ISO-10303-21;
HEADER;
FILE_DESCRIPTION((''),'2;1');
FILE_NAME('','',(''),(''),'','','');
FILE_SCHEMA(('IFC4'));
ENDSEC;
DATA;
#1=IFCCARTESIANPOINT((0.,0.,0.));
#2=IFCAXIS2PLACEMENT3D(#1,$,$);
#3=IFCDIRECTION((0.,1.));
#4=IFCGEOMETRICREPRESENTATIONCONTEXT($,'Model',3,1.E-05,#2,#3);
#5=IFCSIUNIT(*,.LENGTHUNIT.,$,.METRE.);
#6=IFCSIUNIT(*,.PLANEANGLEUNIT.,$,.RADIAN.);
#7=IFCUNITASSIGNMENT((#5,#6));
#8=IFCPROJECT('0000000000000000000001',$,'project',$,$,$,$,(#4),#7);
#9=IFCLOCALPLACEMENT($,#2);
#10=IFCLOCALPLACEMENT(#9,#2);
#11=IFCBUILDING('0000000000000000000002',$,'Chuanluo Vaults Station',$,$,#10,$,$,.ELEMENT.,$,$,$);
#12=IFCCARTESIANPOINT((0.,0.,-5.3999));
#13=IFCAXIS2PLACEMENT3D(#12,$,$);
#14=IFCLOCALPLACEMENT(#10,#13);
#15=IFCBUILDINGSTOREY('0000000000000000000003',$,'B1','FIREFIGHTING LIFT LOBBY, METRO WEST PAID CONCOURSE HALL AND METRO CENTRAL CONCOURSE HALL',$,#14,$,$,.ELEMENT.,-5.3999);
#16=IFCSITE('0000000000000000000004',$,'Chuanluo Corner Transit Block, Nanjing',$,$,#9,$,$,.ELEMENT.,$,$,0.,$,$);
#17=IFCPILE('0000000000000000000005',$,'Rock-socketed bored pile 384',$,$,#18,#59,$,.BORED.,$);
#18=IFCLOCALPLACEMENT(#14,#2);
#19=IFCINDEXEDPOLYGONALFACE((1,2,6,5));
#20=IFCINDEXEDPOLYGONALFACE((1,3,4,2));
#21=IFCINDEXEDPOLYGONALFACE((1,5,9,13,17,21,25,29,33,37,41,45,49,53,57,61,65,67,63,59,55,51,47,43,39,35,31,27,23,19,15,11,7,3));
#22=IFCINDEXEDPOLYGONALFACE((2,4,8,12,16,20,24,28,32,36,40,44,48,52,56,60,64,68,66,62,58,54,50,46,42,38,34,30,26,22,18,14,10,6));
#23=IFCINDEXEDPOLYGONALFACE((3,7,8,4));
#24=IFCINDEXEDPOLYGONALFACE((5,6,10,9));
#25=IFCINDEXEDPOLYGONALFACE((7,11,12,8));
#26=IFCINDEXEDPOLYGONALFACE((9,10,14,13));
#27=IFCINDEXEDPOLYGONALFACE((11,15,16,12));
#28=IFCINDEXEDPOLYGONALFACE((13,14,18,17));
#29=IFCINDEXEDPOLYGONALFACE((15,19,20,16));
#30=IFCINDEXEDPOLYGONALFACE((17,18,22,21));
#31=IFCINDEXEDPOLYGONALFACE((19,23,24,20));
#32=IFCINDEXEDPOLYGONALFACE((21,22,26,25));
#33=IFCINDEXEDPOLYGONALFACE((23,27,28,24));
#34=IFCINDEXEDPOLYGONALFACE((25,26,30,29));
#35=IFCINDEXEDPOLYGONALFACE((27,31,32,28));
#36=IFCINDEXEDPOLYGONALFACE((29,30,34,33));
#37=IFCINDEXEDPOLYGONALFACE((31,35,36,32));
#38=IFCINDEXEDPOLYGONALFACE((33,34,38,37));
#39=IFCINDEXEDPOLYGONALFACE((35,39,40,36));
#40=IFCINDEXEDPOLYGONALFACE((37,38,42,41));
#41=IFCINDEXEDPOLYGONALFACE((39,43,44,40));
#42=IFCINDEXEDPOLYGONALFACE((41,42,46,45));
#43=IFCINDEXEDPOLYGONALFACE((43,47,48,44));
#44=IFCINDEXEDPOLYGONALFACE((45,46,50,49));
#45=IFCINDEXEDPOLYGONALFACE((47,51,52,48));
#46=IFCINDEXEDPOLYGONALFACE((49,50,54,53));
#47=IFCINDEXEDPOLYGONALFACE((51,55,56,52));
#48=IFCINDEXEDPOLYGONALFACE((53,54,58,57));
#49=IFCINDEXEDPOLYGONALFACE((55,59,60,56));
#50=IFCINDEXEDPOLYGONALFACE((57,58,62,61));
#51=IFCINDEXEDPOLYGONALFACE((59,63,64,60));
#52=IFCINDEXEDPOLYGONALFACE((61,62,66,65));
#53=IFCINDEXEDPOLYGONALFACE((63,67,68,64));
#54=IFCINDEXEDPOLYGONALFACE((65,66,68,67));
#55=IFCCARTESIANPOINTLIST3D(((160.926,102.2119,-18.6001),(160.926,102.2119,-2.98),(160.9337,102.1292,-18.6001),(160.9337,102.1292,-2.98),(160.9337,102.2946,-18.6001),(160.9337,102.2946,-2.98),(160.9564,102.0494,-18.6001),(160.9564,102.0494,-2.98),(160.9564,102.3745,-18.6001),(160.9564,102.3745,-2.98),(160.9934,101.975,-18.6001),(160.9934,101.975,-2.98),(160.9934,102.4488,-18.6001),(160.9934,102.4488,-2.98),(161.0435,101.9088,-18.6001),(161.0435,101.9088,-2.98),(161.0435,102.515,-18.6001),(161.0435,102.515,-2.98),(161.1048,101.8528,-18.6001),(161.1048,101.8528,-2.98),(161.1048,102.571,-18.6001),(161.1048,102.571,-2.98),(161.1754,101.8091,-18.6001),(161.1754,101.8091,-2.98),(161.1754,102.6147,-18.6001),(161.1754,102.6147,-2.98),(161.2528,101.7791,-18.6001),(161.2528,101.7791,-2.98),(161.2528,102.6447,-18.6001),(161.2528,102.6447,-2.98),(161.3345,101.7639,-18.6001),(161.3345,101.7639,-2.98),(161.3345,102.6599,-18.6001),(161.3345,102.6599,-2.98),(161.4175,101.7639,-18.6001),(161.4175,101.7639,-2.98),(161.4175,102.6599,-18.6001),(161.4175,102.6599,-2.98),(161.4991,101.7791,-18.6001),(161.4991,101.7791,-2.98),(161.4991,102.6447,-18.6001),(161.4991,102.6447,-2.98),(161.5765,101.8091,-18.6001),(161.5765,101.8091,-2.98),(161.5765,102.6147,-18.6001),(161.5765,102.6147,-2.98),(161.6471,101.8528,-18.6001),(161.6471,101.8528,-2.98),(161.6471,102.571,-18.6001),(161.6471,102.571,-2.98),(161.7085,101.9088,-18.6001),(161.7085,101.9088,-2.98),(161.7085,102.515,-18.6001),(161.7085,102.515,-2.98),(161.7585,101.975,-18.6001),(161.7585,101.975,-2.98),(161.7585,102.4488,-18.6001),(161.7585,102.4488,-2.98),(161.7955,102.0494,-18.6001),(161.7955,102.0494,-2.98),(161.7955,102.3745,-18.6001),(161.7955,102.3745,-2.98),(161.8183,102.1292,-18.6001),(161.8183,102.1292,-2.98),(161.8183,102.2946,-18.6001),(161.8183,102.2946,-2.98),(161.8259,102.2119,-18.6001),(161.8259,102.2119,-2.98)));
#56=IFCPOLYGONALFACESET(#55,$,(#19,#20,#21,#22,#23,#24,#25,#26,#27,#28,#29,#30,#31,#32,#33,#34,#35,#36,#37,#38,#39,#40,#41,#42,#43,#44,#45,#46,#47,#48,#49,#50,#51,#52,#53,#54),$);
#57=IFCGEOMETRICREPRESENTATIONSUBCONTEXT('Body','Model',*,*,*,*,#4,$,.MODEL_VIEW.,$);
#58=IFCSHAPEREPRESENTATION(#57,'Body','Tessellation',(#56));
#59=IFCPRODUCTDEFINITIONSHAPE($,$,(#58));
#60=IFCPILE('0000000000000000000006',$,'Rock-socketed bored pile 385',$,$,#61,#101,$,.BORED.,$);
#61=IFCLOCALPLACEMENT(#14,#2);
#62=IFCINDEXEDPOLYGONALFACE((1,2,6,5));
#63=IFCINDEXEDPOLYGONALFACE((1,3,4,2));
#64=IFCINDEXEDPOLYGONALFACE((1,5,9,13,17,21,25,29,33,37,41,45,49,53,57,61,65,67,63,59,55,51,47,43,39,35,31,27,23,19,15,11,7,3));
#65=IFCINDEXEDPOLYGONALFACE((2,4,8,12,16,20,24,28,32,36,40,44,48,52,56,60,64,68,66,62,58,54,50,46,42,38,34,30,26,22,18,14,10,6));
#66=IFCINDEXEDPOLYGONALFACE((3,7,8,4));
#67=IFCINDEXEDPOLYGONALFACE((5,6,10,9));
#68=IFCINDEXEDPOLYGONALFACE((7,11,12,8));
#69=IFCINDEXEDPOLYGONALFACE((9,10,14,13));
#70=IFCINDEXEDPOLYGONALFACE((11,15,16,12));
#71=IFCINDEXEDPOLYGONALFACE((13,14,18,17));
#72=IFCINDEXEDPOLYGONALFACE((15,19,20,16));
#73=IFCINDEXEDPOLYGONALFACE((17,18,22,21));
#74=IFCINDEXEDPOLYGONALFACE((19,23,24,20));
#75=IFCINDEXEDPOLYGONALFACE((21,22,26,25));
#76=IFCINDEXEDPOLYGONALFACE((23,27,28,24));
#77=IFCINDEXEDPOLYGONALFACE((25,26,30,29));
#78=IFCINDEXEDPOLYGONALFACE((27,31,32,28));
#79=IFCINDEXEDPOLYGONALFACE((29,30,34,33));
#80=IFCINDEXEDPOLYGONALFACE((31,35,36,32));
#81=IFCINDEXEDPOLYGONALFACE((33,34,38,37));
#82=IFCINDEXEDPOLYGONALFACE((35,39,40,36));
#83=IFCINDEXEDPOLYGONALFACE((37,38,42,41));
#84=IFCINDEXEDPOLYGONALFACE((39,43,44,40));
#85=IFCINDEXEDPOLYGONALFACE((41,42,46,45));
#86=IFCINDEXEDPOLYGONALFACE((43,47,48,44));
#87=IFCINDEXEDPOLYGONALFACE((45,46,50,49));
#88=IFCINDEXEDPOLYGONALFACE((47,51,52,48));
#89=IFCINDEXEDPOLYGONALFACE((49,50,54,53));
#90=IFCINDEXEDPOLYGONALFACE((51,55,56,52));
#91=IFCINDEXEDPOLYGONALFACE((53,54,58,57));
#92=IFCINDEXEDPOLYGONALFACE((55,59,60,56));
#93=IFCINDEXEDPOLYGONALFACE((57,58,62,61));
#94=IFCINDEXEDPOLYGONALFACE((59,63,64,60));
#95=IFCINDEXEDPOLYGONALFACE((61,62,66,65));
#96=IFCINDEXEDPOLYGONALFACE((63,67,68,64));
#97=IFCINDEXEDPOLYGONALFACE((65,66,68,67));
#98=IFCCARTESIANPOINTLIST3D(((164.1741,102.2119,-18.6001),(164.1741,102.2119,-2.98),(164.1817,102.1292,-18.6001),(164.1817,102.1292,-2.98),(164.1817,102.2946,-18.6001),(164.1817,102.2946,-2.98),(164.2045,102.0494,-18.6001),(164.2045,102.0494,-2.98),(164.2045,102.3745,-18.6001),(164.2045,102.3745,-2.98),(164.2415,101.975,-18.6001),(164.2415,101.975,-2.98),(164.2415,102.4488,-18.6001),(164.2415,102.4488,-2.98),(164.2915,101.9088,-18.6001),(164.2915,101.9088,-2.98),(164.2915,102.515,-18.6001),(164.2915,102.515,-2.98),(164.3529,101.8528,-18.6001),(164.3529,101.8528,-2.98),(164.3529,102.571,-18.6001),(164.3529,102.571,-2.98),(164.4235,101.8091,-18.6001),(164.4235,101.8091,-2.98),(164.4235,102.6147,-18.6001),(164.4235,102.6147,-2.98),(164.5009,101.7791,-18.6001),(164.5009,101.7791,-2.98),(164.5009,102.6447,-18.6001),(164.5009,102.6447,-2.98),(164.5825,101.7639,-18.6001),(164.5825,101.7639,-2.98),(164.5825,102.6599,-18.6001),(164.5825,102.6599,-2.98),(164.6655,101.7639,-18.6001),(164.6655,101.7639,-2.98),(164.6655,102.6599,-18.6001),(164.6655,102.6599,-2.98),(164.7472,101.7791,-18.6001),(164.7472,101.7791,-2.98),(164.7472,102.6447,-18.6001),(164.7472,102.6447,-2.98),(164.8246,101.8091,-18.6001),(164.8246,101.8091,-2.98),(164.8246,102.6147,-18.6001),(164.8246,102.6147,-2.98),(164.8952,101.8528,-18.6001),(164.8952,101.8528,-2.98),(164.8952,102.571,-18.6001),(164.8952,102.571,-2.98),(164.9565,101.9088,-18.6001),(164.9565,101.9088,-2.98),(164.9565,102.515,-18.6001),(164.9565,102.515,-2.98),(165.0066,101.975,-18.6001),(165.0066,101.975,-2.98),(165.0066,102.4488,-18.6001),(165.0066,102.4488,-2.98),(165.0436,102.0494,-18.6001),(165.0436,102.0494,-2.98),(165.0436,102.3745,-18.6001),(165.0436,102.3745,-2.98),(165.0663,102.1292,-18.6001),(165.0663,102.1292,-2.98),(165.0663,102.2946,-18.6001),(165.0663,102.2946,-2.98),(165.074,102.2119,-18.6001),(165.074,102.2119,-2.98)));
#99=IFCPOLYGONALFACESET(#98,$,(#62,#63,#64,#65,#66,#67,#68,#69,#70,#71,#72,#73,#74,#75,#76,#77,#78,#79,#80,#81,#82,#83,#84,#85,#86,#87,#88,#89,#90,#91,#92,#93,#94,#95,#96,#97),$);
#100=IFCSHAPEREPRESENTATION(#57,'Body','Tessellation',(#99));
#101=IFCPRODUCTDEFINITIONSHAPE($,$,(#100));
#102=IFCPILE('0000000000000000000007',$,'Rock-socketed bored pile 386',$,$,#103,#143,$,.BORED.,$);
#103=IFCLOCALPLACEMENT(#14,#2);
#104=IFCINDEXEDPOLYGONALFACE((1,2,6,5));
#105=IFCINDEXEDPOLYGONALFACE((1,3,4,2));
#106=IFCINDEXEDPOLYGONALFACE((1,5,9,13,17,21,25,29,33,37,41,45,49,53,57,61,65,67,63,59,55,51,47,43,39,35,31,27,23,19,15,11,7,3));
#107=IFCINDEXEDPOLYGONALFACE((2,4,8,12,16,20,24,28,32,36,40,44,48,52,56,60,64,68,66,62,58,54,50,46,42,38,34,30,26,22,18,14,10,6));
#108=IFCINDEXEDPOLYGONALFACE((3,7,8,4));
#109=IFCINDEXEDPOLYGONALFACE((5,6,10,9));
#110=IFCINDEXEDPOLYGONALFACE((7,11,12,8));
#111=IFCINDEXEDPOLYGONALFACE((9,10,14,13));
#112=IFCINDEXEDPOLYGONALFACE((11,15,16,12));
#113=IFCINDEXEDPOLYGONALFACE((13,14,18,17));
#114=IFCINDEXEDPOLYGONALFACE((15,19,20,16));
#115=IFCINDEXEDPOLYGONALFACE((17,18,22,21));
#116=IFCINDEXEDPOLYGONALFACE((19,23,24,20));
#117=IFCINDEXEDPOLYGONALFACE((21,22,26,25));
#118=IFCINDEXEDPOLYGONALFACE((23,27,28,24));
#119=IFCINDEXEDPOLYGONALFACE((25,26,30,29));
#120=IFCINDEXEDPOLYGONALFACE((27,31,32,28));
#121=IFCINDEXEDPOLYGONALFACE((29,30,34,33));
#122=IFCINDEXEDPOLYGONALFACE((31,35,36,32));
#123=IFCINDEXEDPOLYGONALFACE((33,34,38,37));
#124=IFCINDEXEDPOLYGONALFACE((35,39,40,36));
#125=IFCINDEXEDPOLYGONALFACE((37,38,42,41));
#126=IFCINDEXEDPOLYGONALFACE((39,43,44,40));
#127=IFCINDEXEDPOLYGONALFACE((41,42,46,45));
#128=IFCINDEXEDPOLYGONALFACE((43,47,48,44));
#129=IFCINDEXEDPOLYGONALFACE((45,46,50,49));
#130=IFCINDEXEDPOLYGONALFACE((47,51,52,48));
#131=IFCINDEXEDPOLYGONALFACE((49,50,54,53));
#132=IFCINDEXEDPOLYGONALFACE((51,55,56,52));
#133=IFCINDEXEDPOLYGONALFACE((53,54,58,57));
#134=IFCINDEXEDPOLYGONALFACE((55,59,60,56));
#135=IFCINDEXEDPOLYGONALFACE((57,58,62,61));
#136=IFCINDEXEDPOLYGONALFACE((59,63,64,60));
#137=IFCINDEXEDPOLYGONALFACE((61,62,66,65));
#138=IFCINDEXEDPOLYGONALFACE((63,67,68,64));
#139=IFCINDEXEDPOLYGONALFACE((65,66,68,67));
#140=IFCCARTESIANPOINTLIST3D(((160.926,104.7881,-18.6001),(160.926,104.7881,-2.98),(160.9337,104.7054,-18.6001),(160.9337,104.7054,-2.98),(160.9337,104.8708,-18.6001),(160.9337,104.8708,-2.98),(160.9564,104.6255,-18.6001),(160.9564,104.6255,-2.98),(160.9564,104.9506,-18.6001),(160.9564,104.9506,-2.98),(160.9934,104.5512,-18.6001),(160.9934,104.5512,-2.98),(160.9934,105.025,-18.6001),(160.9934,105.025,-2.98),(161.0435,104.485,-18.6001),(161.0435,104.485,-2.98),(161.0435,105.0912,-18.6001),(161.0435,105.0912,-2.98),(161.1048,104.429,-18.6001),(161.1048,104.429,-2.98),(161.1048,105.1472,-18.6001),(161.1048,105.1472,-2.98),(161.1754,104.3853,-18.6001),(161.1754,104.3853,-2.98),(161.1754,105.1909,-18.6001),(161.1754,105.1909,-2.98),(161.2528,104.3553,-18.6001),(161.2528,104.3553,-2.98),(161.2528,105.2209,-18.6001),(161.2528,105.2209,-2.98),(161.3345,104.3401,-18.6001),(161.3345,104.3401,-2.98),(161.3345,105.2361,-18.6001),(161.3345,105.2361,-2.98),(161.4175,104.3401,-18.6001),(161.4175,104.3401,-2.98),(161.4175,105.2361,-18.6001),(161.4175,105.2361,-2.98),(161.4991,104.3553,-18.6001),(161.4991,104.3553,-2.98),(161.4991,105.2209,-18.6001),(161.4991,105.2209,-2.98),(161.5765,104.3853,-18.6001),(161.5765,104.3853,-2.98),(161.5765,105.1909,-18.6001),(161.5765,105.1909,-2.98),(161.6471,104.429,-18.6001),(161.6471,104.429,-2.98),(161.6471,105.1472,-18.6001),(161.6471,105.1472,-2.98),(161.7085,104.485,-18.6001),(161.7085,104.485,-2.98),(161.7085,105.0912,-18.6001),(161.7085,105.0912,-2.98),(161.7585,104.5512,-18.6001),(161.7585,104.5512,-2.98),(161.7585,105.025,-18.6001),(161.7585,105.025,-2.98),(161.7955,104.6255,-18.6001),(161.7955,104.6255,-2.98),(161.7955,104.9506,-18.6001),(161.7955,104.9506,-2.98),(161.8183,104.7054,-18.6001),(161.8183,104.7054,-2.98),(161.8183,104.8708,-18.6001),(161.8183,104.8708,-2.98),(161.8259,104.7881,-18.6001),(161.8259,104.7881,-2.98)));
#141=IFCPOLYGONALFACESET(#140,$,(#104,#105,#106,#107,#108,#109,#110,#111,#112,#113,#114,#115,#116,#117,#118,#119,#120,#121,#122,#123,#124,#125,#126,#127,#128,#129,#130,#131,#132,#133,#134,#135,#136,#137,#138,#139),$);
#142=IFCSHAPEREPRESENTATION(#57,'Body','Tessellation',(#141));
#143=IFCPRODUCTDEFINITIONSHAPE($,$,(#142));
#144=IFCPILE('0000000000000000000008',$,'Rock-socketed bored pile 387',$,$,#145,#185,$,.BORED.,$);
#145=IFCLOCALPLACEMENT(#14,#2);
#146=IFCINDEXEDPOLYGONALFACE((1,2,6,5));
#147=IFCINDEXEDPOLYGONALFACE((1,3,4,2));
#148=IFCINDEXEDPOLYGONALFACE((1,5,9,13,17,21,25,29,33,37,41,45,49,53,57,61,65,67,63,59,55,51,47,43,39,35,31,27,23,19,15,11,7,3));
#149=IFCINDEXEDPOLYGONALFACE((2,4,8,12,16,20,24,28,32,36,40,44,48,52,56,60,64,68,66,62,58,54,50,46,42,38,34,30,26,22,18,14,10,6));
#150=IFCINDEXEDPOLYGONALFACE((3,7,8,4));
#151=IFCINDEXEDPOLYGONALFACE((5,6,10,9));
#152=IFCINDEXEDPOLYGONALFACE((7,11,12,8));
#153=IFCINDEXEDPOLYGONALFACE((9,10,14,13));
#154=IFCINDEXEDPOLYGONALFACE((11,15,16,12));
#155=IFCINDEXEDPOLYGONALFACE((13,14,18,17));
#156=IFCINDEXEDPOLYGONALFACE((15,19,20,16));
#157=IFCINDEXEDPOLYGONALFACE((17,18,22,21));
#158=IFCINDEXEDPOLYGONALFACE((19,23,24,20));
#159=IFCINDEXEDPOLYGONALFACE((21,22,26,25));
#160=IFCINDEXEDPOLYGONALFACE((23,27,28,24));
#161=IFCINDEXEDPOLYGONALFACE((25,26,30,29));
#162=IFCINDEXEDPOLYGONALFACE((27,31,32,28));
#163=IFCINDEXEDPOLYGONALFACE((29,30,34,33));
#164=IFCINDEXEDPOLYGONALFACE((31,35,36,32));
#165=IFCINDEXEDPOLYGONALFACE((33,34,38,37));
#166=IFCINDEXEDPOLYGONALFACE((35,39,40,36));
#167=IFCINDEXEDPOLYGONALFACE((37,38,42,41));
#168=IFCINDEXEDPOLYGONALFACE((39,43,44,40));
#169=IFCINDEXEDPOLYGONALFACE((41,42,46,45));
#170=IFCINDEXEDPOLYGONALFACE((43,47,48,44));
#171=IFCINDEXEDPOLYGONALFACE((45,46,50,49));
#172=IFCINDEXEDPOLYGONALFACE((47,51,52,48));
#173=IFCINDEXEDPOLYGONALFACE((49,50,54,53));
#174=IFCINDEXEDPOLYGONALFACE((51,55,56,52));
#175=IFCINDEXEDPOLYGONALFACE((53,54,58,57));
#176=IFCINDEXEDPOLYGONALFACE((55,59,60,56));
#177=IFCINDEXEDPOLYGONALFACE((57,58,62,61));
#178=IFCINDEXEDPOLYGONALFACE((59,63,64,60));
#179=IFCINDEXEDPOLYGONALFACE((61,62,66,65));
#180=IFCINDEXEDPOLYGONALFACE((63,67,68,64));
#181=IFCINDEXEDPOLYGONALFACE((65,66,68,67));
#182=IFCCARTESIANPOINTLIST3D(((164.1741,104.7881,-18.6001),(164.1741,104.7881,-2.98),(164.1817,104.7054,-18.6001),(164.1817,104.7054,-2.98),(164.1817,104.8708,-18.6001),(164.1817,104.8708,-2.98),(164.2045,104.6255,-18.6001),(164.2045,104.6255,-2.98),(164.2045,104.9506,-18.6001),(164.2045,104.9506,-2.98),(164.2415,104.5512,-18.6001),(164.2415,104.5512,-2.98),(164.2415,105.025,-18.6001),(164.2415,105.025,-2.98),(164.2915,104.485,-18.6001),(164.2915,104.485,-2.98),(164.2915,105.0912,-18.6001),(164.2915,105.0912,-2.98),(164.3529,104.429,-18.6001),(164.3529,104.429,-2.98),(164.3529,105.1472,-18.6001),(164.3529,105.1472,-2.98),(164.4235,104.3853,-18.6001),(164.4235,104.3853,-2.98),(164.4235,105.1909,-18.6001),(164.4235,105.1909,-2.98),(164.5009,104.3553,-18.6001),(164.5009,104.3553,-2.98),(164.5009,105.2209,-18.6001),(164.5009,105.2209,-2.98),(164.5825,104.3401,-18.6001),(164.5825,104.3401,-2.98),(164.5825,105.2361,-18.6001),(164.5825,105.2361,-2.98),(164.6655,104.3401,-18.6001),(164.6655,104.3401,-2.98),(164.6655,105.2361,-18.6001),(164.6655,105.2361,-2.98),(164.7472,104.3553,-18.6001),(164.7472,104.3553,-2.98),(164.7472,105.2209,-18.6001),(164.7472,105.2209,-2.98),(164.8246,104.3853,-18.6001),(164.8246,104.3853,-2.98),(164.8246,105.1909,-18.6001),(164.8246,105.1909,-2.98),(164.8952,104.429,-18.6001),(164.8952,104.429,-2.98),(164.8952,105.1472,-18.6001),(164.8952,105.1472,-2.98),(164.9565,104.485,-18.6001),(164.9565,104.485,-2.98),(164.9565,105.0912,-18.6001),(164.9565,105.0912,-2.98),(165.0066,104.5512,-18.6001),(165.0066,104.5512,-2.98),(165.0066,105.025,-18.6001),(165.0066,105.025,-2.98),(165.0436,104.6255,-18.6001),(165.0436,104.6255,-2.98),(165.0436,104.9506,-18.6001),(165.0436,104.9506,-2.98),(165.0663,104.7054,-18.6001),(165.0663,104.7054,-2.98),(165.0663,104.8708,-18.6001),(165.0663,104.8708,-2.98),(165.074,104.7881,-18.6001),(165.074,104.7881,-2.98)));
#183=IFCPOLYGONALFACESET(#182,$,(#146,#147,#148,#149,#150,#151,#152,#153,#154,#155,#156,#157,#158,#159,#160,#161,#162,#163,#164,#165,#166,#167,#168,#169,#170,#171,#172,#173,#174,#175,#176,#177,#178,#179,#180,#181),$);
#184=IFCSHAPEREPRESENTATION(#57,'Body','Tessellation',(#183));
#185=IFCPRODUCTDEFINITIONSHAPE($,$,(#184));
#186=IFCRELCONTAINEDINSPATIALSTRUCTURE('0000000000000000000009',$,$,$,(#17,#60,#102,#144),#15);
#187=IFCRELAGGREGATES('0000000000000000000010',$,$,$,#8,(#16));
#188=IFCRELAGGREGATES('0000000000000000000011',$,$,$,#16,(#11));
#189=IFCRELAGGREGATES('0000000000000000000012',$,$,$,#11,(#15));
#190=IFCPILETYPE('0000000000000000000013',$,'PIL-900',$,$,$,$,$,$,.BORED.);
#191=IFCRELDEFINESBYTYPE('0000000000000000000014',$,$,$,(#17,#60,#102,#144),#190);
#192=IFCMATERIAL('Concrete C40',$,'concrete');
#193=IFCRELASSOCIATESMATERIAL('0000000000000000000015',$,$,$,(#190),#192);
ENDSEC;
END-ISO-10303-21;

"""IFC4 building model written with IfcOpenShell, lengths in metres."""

from ifc_helpers import new_model, si_unit, direction, frame, origin, origin_2d, place, context, subcontext, project, spatial, circle, extrude, material, material_profile, profile_set, type_object, element, save


model = new_model("IFC4")

# Units and contexts
model_context = context("Model", 3, precision=1e-05, world=origin(), true_north=direction((0.0, 1.0)))
body_context = subcontext(model_context, "Body", "Model", "MODEL_VIEW")
ifc_project = project(units=[si_unit("LENGTHUNIT", "METRE"), si_unit("PLANEANGLEUNIT", "RADIAN")], contexts=[model_context])

# Site, building, storey
site_placement = place(None, origin())
site = spatial("IfcSite", under=ifc_project, at=site_placement, Name="Chuanluo Corner Transit Block, Nanjing", CompositionType="ELEMENT", RefElevation=0.0)
building_placement = place(site_placement, origin())
building = spatial("IfcBuilding", under=site, at=building_placement, Name="Chuanluo Vaults Station", CompositionType="ELEMENT")
storey_placement = place(building_placement, frame((0.0, 0.0, -5.3999)))
storey = spatial("IfcBuildingStorey", under=building, at=storey_placement, Name="B1", Description="FIREFIGHTING LIFT LOBBY, METRO WEST PAID CONCOURSE HALL AND METRO CENTRAL CONCOURSE HALL", CompositionType="ELEMENT", Elevation=-5.3999)

# Piles
ifc_material_1 = material(Name="Concrete C40", Category="concrete")
ifc_material_profile_1 = material_profile(ifc_material_1, circle(Radius=0.45, at=origin_2d()))
ifc_profile_set_1 = profile_set([ifc_material_profile_1], Name="Concrete C40")
pile_type_1 = type_object("IfcPileType", Name="PIL-900", PredefinedType="BORED", material=ifc_profile_set_1)
for number, where, z_axis, x_axis, name in (
    (1, (161.376, 102.2119, -2.98), (0.0, 0.0, -1.0), (1.0, 0.0, 0.0), "Rock-socketed bored pile 384"),
    (2, (164.624, 102.2119, -2.98), (0.0, 0.0, -1.0), (1.0, 0.0, 0.0), "Rock-socketed bored pile 385"),
    (3, (161.376, 104.7881, -2.98), (0.0, 0.0, -1.0), (1.0, 0.0, 0.0), "Rock-socketed bored pile 386"),
    (4, (164.624, 104.7881, -2.98), (0.0, 0.0, -1.0), (1.0, 0.0, 0.0), "Rock-socketed bored pile 387"),
):
    element("IfcPile", number, at=place(storey_placement, frame(where, z_axis=z_axis, x_axis=x_axis)), inside=storey, type_object=pile_type_1, Name=name, PredefinedType="BORED", context=body_context, shape_type="SweptSolid", body=[
        extrude(circle(Radius=0.45, at=origin_2d()), origin(), (0.0, 0.0, 1.0), 15.6201),
    ])

save(model, "model.ifc")
